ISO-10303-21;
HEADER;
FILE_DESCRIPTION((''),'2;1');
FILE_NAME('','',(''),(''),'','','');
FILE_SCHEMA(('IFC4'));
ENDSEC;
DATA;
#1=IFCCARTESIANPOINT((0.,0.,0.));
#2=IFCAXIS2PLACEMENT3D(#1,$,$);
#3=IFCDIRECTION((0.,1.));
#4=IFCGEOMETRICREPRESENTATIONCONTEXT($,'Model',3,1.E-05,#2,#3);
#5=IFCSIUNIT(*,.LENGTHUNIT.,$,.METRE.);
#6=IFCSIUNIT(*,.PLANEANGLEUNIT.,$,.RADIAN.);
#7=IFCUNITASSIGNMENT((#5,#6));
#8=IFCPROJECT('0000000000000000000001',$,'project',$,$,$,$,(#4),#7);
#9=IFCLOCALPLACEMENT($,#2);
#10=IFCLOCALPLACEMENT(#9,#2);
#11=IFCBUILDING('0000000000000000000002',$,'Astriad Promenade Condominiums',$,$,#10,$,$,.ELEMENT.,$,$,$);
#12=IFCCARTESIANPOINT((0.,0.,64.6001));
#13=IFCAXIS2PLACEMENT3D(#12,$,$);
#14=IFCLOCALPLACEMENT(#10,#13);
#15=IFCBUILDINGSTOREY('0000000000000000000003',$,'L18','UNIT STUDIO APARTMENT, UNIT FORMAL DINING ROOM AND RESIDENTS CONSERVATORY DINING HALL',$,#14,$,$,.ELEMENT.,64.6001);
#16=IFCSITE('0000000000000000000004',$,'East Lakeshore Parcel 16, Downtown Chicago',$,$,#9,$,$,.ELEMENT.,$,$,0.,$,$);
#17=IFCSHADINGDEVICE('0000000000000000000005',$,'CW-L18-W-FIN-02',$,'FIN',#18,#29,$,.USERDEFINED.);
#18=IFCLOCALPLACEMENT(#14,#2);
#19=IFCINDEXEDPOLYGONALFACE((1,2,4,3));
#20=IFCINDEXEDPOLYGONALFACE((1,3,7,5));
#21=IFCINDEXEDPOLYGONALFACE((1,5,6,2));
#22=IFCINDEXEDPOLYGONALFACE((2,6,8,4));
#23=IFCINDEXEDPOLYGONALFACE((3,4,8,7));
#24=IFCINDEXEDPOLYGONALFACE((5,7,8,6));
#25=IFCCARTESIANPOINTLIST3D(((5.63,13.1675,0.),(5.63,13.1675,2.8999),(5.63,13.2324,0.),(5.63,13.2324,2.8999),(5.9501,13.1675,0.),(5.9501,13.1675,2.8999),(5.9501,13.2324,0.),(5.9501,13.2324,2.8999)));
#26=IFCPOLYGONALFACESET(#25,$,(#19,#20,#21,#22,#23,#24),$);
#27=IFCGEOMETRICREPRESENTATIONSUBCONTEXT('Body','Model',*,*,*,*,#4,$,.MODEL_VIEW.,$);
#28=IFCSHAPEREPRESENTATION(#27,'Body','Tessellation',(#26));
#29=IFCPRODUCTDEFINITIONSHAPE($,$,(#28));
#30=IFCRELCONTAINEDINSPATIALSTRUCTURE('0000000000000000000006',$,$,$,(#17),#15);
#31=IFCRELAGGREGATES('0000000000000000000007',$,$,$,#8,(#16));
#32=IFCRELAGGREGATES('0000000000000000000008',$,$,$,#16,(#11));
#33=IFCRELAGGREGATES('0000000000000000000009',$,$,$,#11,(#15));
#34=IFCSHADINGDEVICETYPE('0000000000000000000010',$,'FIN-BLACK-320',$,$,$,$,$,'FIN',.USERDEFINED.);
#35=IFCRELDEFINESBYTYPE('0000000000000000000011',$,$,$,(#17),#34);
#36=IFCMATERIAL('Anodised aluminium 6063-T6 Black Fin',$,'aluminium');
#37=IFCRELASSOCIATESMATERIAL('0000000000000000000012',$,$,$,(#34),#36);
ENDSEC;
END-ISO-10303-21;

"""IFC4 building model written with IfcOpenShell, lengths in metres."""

from ifc_helpers import new_model, si_unit, direction, frame, origin, origin_2d, place, context, subcontext, project, spatial, rectangle, extrude, source, transform, mapped, material, type_object, type_shapes, element, save


model = new_model("IFC4")

# Units and contexts
model_context = context("Model", 3, precision=1e-05, world=origin(), true_north=direction((0.0, 1.0)))
body_context = subcontext(model_context, "Body", "Model", "MODEL_VIEW")
ifc_project = project(units=[si_unit("LENGTHUNIT", "METRE"), si_unit("PLANEANGLEUNIT", "RADIAN")], contexts=[model_context])

# Site, building, storey
site_placement = place(None, origin())
site = spatial("IfcSite", under=ifc_project, at=site_placement, Name="East Lakeshore Parcel 16, Downtown Chicago", CompositionType="ELEMENT", RefElevation=0.0)
building_placement = place(site_placement, origin())
building = spatial("IfcBuilding", under=site, at=building_placement, Name="Astriad Promenade Condominiums", CompositionType="ELEMENT")
storey_placement = place(building_placement, frame((0.0, 0.0, 64.6001)))
storey = spatial("IfcBuildingStorey", under=building, at=storey_placement, Name="L18", Description="UNIT STUDIO APARTMENT, UNIT FORMAL DINING ROOM AND RESIDENTS CONSERVATORY DINING HALL", CompositionType="ELEMENT", Elevation=64.6001)

# Shading device
ifc_material_1 = material(Name="Anodised aluminium 6063-T6 Black Fin", Category="aluminium")
shading_device_type = type_object("IfcShadingDeviceType", Name="FIN-BLACK-320", ElementType="FIN", PredefinedType="USERDEFINED", material=ifc_material_1)
shared_shape_1 = source(origin(), body_context, "Body", "SweptSolid", [
    extrude(rectangle(XDim=0.0649, YDim=0.3201, at=origin_2d()), origin(), (0.0, 0.0, 1.0), 2.8999),
])
type_shapes(shading_device_type, [shared_shape_1])
for number, where, z_axis, x_axis, name in (
    (1, (5.79, 13.2, 0.0), (0.0, 0.0, 1.0), (0.0, 1.0, 0.0), "CW-L18-W-FIN-02"),
):
    element("IfcShadingDevice", number, at=place(storey_placement, frame(where, z_axis=z_axis, x_axis=x_axis)), inside=storey, type_object=shading_device_type, Name=name, ObjectType="FIN", PredefinedType="USERDEFINED", context=body_context, shape_type="MappedRepresentation", body=[
        mapped(shared_shape_1, transform((0.0, 0.0, 0.0), scale=1.0)),
    ])

save(model, "model.ifc")
